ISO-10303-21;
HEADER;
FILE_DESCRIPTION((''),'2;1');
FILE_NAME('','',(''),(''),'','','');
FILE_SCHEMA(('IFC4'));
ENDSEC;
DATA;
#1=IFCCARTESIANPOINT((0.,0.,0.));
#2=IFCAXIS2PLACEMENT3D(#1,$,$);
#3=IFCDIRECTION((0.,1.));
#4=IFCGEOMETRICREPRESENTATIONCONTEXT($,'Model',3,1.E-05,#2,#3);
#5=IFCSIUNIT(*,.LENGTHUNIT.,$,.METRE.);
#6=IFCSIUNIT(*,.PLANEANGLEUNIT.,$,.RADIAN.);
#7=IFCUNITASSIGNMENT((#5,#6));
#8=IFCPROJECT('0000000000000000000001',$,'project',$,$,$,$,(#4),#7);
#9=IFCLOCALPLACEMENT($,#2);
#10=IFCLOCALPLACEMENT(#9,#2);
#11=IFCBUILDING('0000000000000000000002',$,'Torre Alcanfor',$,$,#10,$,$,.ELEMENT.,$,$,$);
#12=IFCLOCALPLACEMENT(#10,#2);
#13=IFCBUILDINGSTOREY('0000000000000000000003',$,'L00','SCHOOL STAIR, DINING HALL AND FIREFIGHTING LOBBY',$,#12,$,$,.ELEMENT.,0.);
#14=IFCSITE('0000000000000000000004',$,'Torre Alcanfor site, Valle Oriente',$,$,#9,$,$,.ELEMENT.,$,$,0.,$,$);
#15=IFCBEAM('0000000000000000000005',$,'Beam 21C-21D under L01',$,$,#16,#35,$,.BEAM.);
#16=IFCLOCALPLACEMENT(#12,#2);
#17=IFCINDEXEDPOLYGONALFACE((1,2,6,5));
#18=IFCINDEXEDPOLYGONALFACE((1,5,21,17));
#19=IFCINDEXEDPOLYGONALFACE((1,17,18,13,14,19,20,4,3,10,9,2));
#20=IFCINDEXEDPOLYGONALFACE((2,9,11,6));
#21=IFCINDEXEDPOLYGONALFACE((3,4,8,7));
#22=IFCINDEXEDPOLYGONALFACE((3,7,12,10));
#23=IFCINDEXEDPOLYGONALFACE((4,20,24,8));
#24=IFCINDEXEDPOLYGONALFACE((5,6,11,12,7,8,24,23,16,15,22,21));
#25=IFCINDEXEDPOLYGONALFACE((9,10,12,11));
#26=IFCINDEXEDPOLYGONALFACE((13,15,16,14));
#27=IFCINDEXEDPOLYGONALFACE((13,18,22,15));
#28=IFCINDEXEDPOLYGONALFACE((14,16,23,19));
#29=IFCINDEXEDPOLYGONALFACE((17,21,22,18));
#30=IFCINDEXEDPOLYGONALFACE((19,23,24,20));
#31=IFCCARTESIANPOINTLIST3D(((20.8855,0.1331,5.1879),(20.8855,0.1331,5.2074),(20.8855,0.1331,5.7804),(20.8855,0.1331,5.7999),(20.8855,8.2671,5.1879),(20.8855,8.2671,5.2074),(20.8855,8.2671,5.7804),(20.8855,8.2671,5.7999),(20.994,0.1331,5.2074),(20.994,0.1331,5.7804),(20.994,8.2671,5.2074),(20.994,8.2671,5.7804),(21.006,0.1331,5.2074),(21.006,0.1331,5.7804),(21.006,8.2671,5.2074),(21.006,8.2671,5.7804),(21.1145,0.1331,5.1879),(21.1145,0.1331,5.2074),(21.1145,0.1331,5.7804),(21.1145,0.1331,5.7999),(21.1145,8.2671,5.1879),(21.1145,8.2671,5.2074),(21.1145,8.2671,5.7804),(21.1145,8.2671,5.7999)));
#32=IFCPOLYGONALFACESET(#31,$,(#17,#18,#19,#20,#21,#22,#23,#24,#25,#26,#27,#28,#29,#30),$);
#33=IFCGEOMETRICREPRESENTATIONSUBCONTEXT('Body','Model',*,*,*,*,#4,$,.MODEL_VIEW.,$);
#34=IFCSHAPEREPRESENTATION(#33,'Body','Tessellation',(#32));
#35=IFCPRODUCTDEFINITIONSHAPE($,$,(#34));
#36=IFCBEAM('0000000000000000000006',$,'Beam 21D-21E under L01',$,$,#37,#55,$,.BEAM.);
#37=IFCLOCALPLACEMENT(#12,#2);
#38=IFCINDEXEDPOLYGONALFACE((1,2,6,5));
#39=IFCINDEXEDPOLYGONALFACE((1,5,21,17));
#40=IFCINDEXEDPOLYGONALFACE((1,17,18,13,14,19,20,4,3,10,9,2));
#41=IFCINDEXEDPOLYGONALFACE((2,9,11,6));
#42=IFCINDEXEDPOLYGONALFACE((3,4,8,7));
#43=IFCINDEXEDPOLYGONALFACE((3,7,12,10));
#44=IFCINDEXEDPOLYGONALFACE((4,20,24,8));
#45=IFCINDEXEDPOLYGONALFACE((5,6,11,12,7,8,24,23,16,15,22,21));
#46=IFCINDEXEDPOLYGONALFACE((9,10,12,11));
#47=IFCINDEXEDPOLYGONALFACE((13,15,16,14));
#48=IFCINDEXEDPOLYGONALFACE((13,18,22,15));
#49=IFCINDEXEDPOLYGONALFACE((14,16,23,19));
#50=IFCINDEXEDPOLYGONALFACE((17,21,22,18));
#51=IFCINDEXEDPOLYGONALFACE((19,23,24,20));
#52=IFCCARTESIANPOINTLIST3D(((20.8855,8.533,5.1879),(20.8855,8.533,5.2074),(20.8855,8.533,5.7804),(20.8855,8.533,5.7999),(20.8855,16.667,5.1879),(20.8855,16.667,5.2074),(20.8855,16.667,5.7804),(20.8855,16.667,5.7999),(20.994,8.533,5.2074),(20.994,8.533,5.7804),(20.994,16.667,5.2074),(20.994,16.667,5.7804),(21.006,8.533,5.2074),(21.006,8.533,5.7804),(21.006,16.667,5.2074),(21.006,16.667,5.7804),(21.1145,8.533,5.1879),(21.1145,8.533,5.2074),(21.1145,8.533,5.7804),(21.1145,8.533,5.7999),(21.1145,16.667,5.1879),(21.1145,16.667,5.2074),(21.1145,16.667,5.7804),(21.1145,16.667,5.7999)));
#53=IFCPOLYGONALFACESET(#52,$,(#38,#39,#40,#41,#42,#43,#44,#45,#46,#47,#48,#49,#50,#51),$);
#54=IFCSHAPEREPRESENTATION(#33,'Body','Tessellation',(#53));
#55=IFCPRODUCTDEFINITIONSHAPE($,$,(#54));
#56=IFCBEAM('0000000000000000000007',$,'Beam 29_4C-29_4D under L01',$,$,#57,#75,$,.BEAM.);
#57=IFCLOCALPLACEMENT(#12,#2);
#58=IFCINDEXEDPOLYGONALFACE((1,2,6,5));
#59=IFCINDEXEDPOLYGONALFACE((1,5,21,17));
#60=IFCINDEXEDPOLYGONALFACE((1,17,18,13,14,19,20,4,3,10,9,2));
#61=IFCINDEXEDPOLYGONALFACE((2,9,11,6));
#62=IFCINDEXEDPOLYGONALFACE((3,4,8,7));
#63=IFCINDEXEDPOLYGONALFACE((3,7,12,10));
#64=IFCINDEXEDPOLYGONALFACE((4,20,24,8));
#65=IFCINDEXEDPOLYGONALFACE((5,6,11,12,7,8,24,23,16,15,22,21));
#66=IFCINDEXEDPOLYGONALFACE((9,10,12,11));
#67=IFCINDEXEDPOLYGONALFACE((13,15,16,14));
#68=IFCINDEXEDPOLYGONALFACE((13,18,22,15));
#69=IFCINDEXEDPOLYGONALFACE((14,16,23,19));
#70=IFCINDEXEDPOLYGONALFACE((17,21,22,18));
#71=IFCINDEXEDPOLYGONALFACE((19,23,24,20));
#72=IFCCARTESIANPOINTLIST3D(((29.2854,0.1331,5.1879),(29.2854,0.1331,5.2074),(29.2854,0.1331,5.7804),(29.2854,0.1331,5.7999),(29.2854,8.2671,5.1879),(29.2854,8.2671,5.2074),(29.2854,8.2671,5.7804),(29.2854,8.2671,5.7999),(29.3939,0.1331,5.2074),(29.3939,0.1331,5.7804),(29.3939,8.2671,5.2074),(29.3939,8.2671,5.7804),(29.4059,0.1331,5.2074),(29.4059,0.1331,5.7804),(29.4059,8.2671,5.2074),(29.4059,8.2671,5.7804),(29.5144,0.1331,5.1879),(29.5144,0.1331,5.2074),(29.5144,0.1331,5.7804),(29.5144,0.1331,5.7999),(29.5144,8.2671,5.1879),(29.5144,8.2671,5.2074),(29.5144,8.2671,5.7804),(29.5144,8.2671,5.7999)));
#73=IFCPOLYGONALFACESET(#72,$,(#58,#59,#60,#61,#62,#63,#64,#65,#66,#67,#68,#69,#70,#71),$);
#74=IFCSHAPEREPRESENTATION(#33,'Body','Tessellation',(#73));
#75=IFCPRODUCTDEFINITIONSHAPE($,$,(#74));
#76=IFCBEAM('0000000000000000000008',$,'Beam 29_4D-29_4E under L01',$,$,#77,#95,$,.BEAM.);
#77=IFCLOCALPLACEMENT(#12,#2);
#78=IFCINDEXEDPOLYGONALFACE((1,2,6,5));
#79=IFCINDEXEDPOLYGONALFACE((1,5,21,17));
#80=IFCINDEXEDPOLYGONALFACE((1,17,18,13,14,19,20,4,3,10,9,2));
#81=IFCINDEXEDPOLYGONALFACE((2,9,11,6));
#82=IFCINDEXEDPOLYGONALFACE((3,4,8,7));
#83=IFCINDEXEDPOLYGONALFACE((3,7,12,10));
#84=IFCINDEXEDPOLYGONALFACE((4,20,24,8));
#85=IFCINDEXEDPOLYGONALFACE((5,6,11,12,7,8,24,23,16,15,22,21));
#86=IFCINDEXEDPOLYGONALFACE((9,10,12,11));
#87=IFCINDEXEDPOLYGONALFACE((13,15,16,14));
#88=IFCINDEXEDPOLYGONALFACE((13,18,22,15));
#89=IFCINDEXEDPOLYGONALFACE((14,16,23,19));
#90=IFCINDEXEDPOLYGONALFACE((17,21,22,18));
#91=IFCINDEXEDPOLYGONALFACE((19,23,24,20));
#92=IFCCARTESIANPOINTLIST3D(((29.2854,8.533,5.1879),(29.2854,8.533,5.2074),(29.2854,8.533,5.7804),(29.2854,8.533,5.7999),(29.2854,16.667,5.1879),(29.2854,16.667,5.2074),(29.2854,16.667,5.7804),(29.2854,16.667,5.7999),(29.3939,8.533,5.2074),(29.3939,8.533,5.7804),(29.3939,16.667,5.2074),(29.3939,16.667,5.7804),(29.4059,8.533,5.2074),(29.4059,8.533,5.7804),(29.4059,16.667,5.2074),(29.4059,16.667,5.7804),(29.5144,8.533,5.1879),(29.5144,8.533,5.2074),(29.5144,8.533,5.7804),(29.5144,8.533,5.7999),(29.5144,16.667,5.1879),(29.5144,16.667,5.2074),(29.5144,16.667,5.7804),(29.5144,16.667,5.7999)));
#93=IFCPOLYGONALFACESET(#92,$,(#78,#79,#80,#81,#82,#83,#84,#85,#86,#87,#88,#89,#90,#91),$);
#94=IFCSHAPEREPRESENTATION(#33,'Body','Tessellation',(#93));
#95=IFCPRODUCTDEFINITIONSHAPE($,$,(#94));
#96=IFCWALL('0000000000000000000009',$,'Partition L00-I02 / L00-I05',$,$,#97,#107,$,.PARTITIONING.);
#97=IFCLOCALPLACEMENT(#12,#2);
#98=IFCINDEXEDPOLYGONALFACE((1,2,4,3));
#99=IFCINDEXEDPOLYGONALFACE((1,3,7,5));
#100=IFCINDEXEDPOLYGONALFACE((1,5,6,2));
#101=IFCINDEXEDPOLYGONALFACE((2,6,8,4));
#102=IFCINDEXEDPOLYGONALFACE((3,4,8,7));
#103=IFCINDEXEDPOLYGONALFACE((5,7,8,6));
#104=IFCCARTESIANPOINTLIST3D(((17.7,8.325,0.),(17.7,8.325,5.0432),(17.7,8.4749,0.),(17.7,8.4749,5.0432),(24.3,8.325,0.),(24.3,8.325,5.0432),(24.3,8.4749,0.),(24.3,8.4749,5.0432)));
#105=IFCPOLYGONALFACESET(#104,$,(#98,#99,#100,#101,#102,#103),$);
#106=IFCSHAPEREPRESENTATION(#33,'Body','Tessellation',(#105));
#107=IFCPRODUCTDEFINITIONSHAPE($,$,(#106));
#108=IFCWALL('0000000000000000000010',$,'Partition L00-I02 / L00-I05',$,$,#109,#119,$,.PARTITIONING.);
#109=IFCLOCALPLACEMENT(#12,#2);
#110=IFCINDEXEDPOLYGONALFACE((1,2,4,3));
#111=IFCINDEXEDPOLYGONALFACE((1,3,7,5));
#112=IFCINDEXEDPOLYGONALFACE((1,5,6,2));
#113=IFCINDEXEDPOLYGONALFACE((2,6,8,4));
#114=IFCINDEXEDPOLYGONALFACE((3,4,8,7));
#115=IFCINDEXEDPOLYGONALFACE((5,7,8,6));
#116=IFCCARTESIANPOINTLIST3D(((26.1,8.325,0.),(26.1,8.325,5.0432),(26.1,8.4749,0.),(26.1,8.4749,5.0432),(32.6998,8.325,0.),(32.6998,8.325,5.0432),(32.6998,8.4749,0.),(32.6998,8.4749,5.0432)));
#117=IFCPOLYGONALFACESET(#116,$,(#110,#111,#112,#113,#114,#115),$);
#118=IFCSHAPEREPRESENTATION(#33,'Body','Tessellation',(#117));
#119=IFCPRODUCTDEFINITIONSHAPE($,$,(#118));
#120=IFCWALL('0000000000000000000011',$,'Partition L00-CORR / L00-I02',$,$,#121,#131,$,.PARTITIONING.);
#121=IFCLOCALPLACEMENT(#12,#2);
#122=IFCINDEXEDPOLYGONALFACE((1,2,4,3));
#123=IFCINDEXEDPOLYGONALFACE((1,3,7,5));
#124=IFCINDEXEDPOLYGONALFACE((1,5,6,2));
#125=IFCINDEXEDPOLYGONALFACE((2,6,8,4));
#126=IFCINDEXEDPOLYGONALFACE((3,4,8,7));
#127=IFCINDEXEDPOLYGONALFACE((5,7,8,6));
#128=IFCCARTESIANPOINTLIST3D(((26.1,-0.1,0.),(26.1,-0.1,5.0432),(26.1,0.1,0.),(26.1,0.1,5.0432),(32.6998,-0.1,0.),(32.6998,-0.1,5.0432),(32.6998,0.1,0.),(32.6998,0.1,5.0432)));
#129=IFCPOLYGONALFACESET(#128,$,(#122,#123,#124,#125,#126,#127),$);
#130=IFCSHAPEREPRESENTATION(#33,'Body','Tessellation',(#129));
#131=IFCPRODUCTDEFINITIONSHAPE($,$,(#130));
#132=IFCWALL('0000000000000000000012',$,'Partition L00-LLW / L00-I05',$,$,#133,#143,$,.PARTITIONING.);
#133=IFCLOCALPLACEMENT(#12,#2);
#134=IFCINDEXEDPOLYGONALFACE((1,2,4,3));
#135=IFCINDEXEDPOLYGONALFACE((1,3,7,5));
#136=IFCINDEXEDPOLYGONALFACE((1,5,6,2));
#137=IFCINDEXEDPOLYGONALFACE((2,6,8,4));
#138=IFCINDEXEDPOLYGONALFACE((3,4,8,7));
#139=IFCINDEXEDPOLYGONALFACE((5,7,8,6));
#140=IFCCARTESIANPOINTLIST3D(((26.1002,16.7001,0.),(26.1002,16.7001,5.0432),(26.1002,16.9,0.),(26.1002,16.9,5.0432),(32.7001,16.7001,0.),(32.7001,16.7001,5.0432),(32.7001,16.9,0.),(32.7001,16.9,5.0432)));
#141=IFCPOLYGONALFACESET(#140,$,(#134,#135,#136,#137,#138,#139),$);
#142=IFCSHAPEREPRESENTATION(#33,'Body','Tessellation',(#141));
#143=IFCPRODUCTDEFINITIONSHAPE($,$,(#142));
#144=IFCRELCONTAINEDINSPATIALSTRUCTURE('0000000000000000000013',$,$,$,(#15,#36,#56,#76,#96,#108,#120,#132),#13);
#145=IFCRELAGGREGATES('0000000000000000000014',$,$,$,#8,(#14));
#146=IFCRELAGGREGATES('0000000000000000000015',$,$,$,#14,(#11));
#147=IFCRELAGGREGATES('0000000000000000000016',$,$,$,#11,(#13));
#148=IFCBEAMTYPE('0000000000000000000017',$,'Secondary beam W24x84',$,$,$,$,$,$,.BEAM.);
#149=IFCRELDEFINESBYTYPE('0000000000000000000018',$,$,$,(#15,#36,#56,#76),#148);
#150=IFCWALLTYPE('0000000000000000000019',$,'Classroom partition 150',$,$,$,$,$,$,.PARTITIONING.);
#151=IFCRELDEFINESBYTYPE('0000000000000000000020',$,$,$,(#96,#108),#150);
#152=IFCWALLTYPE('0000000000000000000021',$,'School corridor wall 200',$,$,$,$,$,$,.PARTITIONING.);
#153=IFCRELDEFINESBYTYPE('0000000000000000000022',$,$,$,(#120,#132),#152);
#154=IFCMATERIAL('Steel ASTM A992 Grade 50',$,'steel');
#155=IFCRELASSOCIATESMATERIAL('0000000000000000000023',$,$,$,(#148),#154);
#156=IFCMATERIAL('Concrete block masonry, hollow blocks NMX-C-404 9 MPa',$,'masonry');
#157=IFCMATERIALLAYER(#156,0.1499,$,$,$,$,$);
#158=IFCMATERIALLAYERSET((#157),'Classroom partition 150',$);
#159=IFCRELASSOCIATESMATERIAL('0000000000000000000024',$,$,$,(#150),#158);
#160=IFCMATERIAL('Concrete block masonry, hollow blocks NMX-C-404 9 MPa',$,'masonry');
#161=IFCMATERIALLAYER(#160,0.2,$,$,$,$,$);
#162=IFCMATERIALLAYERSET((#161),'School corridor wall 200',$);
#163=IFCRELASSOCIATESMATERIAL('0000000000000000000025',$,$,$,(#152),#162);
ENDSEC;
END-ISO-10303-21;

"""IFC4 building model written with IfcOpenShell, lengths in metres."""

from ifc_helpers import new_model, si_unit, direction, frame, frame_2d, origin, origin_2d, place, context, subcontext, project, spatial, rectangle, i_section, extrude, material, layer, layer_set, material_profile, profile_set, type_object, element, save


model = new_model("IFC4")

# Units and contexts
model_context = context("Model", 3, precision=1e-05, world=origin(), true_north=direction((0.0, 1.0)))
body_context = subcontext(model_context, "Body", "Model", "MODEL_VIEW")
ifc_project = project(units=[si_unit("LENGTHUNIT", "METRE"), si_unit("PLANEANGLEUNIT", "RADIAN")], contexts=[model_context])

# Site, building, storey
site_placement = place(None, origin())
site = spatial("IfcSite", under=ifc_project, at=site_placement, Name="Torre Alcanfor site, Valle Oriente", CompositionType="ELEMENT", RefElevation=0.0)
building_placement = place(site_placement, origin())
building = spatial("IfcBuilding", under=site, at=building_placement, Name="Torre Alcanfor", CompositionType="ELEMENT")
storey_placement = place(building_placement, origin())
storey = spatial("IfcBuildingStorey", under=building, at=storey_placement, Name="L00", Description="SCHOOL STAIR, DINING HALL AND FIREFIGHTING LOBBY", CompositionType="ELEMENT", Elevation=0.0)

# Beams
ifc_material_1 = material(Name="Steel ASTM A992 Grade 50", Category="steel")
ifc_material_profile_1 = material_profile(ifc_material_1, i_section(OverallWidth=0.229, OverallDepth=0.6121, WebThickness=0.012, FlangeThickness=0.0195, at=origin_2d()), Name="W24x84")
ifc_profile_set_1 = profile_set([ifc_material_profile_1], Name="Steel ASTM A992 Grade 50")
beam_type_1 = type_object("IfcBeamType", Name="Secondary beam W24x84", PredefinedType="BEAM", material=ifc_profile_set_1)
for number, where, z_axis, x_axis, name in (
    (1, (21.0, 0.1331, 5.4939), (0.0, 1.0, 0.0), (-1.0, 0.0, 0.0), "Beam 21C-21D under L01"),
    (2, (21.0, 8.533, 5.4939), (0.0, 1.0, 0.0), (-1.0, 0.0, 0.0), "Beam 21D-21E under L01"),
    (3, (29.3999, 0.1331, 5.4939), (0.0, 1.0, 0.0), (-1.0, 0.0, 0.0), "Beam 29_4C-29_4D under L01"),
    (4, (29.3999, 8.533, 5.4939), (0.0, 1.0, 0.0), (-1.0, 0.0, 0.0), "Beam 29_4D-29_4E under L01"),
):
    element("IfcBeam", number, at=place(storey_placement, frame(where, z_axis=z_axis, x_axis=x_axis)), inside=storey, type_object=beam_type_1, Name=name, PredefinedType="BEAM", context=body_context, shape_type="SweptSolid", body=[
        extrude(i_section(OverallWidth=0.229, OverallDepth=0.6121, WebThickness=0.012, FlangeThickness=0.0195, at=origin_2d()), origin(), (0.0, 0.0, 1.0), 8.134),
    ])

# Walls
ifc_material_2 = material(Name="Concrete block masonry, hollow blocks NMX-C-404 9 MPa", Category="masonry")
ifc_layer_1 = layer(ifc_material_2, 0.1499)
ifc_layer_set_1 = layer_set([ifc_layer_1], Name="Classroom partition 150")
wall_type_1 = type_object("IfcWallType", Name="Classroom partition 150", PredefinedType="PARTITIONING", material=ifc_layer_set_1)
wall_1_placement = place(storey_placement, frame((17.7, 8.3999, 0.0), z_axis=(0.0, 0.0, 1.0), x_axis=(1.0, 0.0, 0.0)))
element("IfcWall", 5, at=wall_1_placement, inside=storey, type_object=wall_type_1, Name="Partition L00-I02 / L00-I05", PredefinedType="PARTITIONING", context=body_context, shape_type="SweptSolid", body=[
    extrude(rectangle(XDim=6.6001, YDim=0.1499, at=frame_2d((3.3, 0.0))), origin(), (0.0, 0.0, 1.0), 5.0432),
])
wall_2_placement = place(storey_placement, frame((26.1001, 8.3999, 0.0), z_axis=(0.0, 0.0, 1.0), x_axis=(1.0, 0.0, 0.0)))
element("IfcWall", 6, at=wall_2_placement, inside=storey, type_object=wall_type_1, Name="Partition L00-I02 / L00-I05", PredefinedType="PARTITIONING", context=body_context, shape_type="SweptSolid", body=[
    extrude(rectangle(XDim=6.5999, YDim=0.1499, at=frame_2d((3.2998, 0.0))), origin(), (0.0, 0.0, 1.0), 5.0432),
])

# Shared definitions
ifc_material_3 = material(Name="Concrete block masonry, hollow blocks NMX-C-404 9 MPa", Category="masonry")
ifc_layer_2 = layer(ifc_material_3, 0.2)
ifc_layer_set_2 = layer_set([ifc_layer_2], Name="School corridor wall 200")
wall_type_2 = type_object("IfcWallType", Name="School corridor wall 200", PredefinedType="PARTITIONING", material=ifc_layer_set_2)

# Wall
wall_3_placement = place(storey_placement, frame((26.1001, 0.0, 0.0), z_axis=(0.0, 0.0, 1.0), x_axis=(1.0, 0.0, 0.0)))
element("IfcWall", 7, at=wall_3_placement, inside=storey, type_object=wall_type_2, Name="Partition L00-CORR / L00-I02", PredefinedType="PARTITIONING", context=body_context, shape_type="SweptSolid", body=[
    extrude(rectangle(XDim=6.5999, YDim=0.2, at=frame_2d((3.2998, 0.0))), origin(), (0.0, 0.0, 1.0), 5.0432),
])

# Wall
wall_4_placement = place(storey_placement, frame((32.7, 16.8, 0.0), z_axis=(0.0, 0.0, 1.0), x_axis=(-1.0, 0.0, 0.0)))
element("IfcWall", 8, at=wall_4_placement, inside=storey, type_object=wall_type_2, Name="Partition L00-LLW / L00-I05", PredefinedType="PARTITIONING", context=body_context, shape_type="SweptSolid", body=[
    extrude(rectangle(XDim=6.5999, YDim=0.2, at=frame_2d((3.2998, 0.0))), origin(), (0.0, 0.0, 1.0), 5.0432),
])

save(model, "model.ifc")
